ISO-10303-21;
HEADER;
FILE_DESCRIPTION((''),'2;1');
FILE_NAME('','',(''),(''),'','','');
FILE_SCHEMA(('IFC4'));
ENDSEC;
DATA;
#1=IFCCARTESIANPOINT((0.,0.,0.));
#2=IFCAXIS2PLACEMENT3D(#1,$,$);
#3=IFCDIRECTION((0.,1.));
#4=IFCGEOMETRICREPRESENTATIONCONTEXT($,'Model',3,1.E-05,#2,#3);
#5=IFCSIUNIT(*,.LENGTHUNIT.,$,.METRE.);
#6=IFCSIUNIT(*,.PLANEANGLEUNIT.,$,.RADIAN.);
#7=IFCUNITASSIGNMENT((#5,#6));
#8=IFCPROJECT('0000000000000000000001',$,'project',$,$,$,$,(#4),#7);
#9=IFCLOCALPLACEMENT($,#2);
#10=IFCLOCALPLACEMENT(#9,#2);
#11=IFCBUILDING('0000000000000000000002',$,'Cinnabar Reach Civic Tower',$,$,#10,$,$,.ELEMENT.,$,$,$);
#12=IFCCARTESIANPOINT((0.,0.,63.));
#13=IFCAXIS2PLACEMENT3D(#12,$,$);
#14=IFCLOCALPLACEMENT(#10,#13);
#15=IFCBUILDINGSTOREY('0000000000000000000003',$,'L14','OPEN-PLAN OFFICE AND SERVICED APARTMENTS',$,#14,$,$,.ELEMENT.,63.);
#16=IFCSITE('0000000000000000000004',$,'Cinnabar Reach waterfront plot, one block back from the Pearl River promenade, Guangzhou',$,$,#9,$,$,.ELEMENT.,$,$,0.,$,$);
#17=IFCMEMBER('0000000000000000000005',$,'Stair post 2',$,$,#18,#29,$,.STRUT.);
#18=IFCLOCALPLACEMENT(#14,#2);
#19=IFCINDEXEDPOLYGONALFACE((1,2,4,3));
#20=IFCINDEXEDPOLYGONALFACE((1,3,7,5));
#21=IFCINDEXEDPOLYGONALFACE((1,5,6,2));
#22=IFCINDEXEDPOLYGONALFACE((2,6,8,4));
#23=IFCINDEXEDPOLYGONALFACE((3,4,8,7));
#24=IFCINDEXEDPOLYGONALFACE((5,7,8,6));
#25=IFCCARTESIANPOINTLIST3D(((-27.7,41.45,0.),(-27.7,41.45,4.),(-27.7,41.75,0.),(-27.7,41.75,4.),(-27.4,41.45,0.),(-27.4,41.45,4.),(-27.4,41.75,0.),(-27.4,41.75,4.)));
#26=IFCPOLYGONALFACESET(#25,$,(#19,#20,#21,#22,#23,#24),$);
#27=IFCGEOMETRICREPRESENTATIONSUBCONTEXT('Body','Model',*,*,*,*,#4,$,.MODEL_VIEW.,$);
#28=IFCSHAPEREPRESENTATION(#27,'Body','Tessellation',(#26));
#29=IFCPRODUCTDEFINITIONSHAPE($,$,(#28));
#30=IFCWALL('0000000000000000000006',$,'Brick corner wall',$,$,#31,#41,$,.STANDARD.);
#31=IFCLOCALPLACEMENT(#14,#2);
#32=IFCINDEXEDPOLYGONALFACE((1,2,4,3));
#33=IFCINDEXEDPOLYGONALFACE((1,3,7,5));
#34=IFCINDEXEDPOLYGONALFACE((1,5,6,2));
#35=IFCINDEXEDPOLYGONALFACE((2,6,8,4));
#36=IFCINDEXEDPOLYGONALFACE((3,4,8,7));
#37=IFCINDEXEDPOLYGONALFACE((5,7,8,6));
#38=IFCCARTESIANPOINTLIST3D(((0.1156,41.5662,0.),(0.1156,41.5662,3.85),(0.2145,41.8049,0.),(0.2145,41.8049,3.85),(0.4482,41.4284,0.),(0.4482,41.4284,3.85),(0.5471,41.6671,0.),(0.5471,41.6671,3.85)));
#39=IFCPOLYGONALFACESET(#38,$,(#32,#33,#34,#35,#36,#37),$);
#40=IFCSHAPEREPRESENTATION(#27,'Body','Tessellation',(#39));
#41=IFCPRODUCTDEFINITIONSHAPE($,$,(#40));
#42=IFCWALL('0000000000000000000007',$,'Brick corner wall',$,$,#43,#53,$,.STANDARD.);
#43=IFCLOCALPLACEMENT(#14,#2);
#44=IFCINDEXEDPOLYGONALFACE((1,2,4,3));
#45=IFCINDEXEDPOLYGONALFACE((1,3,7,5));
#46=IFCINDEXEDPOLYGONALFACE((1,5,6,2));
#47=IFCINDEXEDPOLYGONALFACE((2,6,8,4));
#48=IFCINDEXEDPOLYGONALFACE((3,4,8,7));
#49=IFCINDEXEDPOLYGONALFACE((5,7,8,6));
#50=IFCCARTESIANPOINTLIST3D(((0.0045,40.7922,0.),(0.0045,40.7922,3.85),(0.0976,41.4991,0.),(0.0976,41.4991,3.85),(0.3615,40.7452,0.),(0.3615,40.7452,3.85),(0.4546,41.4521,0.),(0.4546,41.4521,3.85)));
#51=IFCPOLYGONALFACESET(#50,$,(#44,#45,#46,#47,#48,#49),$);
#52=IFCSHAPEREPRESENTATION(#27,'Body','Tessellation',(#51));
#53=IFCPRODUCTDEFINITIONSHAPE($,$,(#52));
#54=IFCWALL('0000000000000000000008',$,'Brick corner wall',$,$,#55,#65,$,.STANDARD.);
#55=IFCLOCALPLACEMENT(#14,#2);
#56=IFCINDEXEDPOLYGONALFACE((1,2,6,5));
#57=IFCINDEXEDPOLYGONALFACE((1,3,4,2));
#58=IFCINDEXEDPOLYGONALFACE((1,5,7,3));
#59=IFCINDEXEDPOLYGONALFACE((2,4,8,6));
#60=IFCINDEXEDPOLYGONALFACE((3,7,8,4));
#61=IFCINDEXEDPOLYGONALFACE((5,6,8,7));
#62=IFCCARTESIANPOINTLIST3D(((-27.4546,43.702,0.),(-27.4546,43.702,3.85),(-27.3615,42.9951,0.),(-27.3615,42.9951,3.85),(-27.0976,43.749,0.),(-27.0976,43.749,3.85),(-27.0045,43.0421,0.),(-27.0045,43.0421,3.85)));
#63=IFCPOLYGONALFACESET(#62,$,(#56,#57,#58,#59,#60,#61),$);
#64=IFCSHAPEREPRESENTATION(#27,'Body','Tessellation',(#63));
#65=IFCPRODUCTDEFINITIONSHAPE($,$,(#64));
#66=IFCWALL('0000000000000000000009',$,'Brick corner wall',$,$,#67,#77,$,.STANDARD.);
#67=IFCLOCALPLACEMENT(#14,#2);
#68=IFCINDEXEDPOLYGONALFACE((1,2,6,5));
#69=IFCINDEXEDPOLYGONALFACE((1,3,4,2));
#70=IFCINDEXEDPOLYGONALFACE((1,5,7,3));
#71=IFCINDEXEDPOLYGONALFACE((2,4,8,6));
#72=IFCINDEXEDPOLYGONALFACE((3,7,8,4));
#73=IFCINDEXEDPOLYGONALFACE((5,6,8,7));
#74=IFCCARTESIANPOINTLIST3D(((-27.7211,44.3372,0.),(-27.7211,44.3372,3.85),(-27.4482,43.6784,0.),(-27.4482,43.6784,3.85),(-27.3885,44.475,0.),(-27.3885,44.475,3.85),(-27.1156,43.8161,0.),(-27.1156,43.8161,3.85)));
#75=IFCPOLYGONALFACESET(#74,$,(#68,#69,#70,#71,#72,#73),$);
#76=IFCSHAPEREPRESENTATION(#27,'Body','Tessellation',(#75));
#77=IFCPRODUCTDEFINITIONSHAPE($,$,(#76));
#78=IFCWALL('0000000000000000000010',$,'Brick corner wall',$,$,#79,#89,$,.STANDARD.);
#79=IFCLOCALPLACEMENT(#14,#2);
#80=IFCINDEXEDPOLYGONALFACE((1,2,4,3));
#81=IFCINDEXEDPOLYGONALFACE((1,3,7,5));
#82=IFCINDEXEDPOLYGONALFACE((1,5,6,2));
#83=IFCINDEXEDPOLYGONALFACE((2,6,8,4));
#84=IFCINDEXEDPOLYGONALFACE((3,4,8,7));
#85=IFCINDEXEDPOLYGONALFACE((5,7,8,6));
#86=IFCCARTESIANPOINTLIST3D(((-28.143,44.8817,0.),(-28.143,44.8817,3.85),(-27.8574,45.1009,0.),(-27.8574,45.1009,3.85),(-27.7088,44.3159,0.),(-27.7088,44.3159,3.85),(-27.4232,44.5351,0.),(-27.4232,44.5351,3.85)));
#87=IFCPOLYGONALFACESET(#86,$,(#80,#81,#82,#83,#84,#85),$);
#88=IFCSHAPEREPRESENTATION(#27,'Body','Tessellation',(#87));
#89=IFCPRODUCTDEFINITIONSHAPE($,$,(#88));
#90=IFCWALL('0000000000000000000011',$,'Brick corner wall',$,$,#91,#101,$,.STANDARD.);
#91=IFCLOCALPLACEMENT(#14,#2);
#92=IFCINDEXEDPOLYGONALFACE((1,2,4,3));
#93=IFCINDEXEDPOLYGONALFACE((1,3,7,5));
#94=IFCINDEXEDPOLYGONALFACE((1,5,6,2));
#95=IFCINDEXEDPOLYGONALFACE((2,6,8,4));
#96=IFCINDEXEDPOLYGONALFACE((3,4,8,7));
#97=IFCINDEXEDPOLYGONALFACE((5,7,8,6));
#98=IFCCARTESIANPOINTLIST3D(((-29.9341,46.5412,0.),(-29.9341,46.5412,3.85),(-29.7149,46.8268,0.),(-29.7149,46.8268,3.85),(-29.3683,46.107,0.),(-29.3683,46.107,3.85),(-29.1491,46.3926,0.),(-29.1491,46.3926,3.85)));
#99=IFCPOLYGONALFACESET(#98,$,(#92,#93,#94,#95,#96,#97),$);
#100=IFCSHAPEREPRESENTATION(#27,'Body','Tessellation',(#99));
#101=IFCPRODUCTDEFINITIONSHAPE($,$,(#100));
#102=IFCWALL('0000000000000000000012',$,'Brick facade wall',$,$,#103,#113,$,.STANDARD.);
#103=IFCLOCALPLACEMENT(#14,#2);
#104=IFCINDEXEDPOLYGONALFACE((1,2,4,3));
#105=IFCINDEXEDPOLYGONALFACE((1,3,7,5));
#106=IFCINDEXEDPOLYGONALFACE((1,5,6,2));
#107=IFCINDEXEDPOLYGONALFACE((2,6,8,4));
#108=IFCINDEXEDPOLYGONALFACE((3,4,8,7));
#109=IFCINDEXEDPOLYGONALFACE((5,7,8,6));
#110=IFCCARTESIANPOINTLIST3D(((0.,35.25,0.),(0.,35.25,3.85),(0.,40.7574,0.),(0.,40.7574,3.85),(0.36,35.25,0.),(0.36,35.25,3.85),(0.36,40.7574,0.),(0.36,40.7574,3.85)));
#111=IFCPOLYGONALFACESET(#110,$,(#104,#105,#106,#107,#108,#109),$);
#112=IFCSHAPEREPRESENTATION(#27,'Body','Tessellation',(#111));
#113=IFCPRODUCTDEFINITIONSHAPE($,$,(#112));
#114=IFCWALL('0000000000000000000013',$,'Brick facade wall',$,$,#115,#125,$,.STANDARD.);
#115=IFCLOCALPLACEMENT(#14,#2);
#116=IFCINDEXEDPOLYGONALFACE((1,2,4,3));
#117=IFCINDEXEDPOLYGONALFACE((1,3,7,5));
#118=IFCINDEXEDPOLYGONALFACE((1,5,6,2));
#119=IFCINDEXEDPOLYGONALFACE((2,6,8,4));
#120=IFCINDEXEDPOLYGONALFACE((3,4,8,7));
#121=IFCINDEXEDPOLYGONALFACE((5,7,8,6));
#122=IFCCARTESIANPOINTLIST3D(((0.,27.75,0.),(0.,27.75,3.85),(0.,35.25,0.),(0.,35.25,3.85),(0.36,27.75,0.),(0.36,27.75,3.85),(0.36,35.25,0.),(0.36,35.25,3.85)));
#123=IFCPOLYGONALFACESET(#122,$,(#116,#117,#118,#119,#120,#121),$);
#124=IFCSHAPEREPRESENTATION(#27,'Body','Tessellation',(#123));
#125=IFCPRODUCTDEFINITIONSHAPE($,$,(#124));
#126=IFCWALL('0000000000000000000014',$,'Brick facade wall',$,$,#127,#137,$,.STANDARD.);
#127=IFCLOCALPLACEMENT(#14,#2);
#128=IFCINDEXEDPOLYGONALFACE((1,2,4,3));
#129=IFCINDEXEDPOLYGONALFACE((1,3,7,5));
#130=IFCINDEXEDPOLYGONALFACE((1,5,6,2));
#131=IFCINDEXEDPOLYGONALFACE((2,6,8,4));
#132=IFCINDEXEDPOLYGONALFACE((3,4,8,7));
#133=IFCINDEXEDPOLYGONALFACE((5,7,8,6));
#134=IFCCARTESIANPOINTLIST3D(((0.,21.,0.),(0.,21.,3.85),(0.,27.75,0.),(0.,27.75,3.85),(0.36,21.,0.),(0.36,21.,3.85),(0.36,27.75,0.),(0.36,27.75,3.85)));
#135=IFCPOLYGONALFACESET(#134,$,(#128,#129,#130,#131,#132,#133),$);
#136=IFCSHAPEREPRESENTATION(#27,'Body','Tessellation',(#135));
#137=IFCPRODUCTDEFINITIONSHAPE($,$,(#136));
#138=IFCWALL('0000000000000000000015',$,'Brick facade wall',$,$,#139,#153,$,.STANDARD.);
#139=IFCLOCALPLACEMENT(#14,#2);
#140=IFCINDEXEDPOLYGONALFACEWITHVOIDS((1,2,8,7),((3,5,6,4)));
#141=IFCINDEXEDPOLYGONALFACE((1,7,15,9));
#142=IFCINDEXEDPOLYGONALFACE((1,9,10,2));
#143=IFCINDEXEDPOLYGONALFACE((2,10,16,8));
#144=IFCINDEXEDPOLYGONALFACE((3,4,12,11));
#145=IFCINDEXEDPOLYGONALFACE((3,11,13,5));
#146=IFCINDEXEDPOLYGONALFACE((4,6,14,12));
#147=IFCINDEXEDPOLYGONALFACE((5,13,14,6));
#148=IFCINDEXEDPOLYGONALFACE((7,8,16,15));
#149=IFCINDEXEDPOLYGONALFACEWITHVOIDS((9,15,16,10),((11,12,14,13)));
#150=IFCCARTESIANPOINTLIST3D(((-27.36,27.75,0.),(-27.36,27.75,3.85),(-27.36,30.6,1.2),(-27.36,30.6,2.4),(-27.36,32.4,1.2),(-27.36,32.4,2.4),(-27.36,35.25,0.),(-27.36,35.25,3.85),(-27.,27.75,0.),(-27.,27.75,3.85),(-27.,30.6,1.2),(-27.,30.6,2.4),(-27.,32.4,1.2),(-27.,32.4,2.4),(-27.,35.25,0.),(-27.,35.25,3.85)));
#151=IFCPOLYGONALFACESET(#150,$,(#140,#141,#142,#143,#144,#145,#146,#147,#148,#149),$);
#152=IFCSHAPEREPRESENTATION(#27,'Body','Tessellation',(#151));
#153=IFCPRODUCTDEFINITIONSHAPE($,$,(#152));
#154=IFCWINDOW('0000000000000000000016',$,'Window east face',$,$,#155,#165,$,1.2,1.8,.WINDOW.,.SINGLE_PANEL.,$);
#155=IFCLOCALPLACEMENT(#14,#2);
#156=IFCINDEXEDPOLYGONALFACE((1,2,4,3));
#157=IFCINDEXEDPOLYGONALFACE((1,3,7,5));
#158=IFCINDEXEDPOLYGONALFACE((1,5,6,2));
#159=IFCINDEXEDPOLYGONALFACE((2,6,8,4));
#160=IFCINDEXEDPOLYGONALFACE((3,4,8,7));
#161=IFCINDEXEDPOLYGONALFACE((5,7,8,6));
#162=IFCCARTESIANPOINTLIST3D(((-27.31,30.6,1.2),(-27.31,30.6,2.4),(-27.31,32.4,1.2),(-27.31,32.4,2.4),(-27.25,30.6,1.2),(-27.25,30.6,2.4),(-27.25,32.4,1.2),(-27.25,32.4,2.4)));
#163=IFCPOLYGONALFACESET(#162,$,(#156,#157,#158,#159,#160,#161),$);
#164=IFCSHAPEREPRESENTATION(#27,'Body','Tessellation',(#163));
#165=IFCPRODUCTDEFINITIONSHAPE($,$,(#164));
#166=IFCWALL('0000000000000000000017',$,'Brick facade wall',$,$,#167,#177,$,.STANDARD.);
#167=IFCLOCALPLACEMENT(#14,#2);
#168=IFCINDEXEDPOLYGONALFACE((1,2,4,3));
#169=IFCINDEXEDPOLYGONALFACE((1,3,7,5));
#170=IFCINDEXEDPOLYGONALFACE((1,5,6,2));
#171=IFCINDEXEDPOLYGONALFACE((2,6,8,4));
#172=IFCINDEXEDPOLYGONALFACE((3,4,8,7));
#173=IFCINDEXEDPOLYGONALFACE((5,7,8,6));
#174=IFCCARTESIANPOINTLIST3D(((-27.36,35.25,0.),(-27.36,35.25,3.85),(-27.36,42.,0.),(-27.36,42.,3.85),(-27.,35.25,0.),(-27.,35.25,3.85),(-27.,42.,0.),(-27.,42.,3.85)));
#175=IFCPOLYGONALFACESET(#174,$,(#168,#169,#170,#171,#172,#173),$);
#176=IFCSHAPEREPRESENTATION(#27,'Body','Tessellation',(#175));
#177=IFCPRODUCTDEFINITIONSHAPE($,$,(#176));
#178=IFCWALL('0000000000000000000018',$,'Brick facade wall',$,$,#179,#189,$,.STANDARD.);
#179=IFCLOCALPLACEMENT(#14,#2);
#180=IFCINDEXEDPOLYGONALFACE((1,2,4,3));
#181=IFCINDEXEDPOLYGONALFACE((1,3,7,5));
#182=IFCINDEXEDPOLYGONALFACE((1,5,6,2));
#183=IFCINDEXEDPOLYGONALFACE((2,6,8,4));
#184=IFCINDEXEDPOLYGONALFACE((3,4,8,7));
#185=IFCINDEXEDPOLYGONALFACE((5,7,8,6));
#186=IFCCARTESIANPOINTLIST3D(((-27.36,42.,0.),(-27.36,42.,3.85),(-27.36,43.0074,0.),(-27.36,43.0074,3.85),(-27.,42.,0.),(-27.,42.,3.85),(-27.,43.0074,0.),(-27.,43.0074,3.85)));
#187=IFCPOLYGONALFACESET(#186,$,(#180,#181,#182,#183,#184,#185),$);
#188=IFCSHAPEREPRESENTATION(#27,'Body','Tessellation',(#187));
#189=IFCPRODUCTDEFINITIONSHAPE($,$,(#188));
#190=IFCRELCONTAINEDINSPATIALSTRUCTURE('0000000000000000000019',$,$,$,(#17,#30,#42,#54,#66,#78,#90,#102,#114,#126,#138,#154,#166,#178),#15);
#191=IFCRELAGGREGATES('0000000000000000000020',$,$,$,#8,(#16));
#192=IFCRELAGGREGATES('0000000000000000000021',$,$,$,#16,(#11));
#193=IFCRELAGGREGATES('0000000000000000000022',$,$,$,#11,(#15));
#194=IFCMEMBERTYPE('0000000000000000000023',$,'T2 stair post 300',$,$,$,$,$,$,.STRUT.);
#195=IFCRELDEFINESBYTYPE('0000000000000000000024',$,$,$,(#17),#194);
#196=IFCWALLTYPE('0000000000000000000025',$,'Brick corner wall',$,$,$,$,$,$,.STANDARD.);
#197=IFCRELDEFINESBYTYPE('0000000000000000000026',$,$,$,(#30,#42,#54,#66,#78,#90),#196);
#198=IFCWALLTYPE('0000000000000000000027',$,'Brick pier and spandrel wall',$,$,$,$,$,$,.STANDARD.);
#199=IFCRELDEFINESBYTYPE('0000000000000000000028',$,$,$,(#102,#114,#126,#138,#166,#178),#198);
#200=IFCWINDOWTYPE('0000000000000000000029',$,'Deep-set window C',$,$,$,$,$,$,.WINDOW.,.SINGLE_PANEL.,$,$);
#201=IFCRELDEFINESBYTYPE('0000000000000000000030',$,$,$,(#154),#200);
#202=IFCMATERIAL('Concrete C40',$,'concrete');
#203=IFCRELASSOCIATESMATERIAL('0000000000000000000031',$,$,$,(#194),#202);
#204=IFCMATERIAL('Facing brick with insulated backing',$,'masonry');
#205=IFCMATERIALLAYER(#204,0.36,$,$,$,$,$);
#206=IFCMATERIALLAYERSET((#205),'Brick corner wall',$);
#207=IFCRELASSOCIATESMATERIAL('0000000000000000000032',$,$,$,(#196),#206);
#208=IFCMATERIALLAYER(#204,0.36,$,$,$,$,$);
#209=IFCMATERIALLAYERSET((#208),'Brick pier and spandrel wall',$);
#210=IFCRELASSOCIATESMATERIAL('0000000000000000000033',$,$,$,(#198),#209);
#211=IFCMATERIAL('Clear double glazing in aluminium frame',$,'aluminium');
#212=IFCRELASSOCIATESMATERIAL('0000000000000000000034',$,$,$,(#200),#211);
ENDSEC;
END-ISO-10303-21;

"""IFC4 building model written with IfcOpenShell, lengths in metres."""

from ifc_helpers import new_model, si_unit, direction, frame, frame_2d, origin, origin_2d, place, context, subcontext, project, spatial, rectangle, extrude, material, layer, layer_set, material_profile, profile_set, type_object, element, fill, save


model = new_model("IFC4")

# Units and contexts
model_context = context("Model", 3, precision=1e-05, world=origin(), true_north=direction((0.0, 1.0)))
body_context = subcontext(model_context, "Body", "Model", "MODEL_VIEW")
ifc_project = project(units=[si_unit("LENGTHUNIT", "METRE"), si_unit("PLANEANGLEUNIT", "RADIAN")], contexts=[model_context])

# Site, building, storey
site_placement = place(None, origin())
site = spatial("IfcSite", under=ifc_project, at=site_placement, Name="Cinnabar Reach waterfront plot, one block back from the Pearl River promenade, Guangzhou", CompositionType="ELEMENT", RefElevation=0.0)
building_placement = place(site_placement, origin())
building = spatial("IfcBuilding", under=site, at=building_placement, Name="Cinnabar Reach Civic Tower", CompositionType="ELEMENT")
storey_placement = place(building_placement, frame((0.0, 0.0, 63.0)))
storey = spatial("IfcBuildingStorey", under=building, at=storey_placement, Name="L14", Description="OPEN-PLAN OFFICE AND SERVICED APARTMENTS", CompositionType="ELEMENT", Elevation=63.0)

# Member
ifc_material_1 = material(Name="Concrete C40", Category="concrete")
ifc_material_profile_1 = material_profile(ifc_material_1, rectangle(XDim=0.3, YDim=0.3, at=origin_2d()), Name="C300")
ifc_profile_set_1 = profile_set([ifc_material_profile_1], Name="Concrete C40")
member_type = type_object("IfcMemberType", Name="T2 stair post 300", PredefinedType="STRUT", material=ifc_profile_set_1)
member_placement = place(storey_placement, frame((-27.55, 41.6, 0.0), z_axis=(0.0, 0.0, 1.0), x_axis=(1.0, 0.0, 0.0)))
element("IfcMember", 1, at=member_placement, inside=storey, type_object=member_type, Name="Stair post 2", PredefinedType="STRUT", context=body_context, shape_type="SweptSolid", body=[
    extrude(rectangle(XDim=0.3, YDim=0.3, at=origin_2d()), origin(), (0.0, 0.0, 1.0), 4.0),
])

# Walls
ifc_material_2 = material(Name="Facing brick with insulated backing", Category="masonry")
ifc_layer_1 = layer(ifc_material_2, 0.36)
ifc_layer_set_1 = layer_set([ifc_layer_1], Name="Brick corner wall")
wall_type_1 = type_object("IfcWallType", Name="Brick corner wall", PredefinedType="STANDARD", material=ifc_layer_set_1)
wall_1_placement = place(storey_placement, frame((0.3808, 41.736, 0.0), z_axis=(0.0, 0.0, 1.0), x_axis=(-0.382773, -0.923842, 0.0)))
element("IfcWall", 2, at=wall_1_placement, inside=storey, type_object=wall_type_1, Name="Brick corner wall", PredefinedType="STANDARD", context=body_context, shape_type="SweptSolid", body=[
    extrude(rectangle(XDim=0.2584, YDim=0.36, at=frame_2d((0.1292, 0.0))), origin(), (0.0, 0.0, 1.0), 3.85),
])
for number, where, z_axis, x_axis, name in (
    (3, (0.2761, 41.4756, 0.0), (0.0, 0.0, 1.0), (-0.130556, -0.991441, 0.0), "Brick corner wall"),
    (4, (-27.183, 43.0186, 0.0), (0.0, 0.0, 1.0), (-0.130556, 0.991441, 0.0), "Brick corner wall"),
    (5, (-27.2819, 43.7473, 0.0), (0.0, 0.0, 1.0), (-0.382703, 0.923872, 0.0), "Brick corner wall"),
):
    element("IfcWall", number, at=place(storey_placement, frame(where, z_axis=z_axis, x_axis=x_axis)), inside=storey, type_object=wall_type_1, Name=name, PredefinedType="STANDARD", context=body_context, shape_type="SweptSolid", body=[
        extrude(rectangle(XDim=0.7131, YDim=0.36, at=frame_2d((0.3565, 0.0))), origin(), (0.0, 0.0, 1.0), 3.85),
    ])
for number, where, z_axis, x_axis, name in (
    (6, (-27.566, 44.4255, 0.0), (0.0, 0.0, 1.0), (-0.608802, 0.793322, 0.0), "Brick corner wall"),
    (7, (-29.2587, 46.2498, 0.0), (0.0, 0.0, 1.0), (-0.793322, 0.608802, 0.0), "Brick corner wall"),
):
    element("IfcWall", number, at=place(storey_placement, frame(where, z_axis=z_axis, x_axis=x_axis)), inside=storey, type_object=wall_type_1, Name=name, PredefinedType="STANDARD", context=body_context, shape_type="SweptSolid", body=[
        extrude(rectangle(XDim=0.7132, YDim=0.36, at=frame_2d((0.3566, 0.0))), origin(), (0.0, 0.0, 1.0), 3.85),
    ])
ifc_layer_2 = layer(ifc_material_2, 0.36)
ifc_layer_set_2 = layer_set([ifc_layer_2], Name="Brick pier and spandrel wall")
wall_type_2 = type_object("IfcWallType", Name="Brick pier and spandrel wall", PredefinedType="STANDARD", material=ifc_layer_set_2)
wall_2_placement = place(storey_placement, frame((0.18, 40.7574, 0.0), z_axis=(0.0, 0.0, 1.0), x_axis=(0.0, -1.0, 0.0)))
element("IfcWall", 8, at=wall_2_placement, inside=storey, type_object=wall_type_2, Name="Brick facade wall", PredefinedType="STANDARD", context=body_context, shape_type="SweptSolid", body=[
    extrude(rectangle(XDim=5.5074, YDim=0.36, at=frame_2d((2.7537, 0.0))), origin(), (0.0, 0.0, 1.0), 3.85),
])
wall_3_placement = place(storey_placement, frame((0.18, 35.25, 0.0), z_axis=(0.0, 0.0, 1.0), x_axis=(0.0, -1.0, 0.0)))
element("IfcWall", 9, at=wall_3_placement, inside=storey, type_object=wall_type_2, Name="Brick facade wall", PredefinedType="STANDARD", context=body_context, shape_type="SweptSolid", body=[
    extrude(rectangle(XDim=7.5, YDim=0.36, at=frame_2d((3.75, 0.0))), origin(), (0.0, 0.0, 1.0), 3.85),
])
wall_4_placement = place(storey_placement, frame((0.18, 27.75, 0.0), z_axis=(0.0, 0.0, 1.0), x_axis=(0.0, -1.0, 0.0)))
element("IfcWall", 10, at=wall_4_placement, inside=storey, type_object=wall_type_2, Name="Brick facade wall", PredefinedType="STANDARD", context=body_context, shape_type="SweptSolid", body=[
    extrude(rectangle(XDim=6.75, YDim=0.36, at=frame_2d((3.375, 0.0))), origin(), (0.0, 0.0, 1.0), 3.85),
])

# Wall, opening, window
wall_5_placement = place(storey_placement, frame((-27.18, 27.75, 0.0), z_axis=(0.0, 0.0, 1.0), x_axis=(0.0, 1.0, 0.0)))
wall_5 = element("IfcWall", 11, at=wall_5_placement, inside=storey, type_object=wall_type_2, Name="Brick facade wall", PredefinedType="STANDARD", context=body_context, shape_type="SweptSolid", body=[
    extrude(rectangle(XDim=7.5, YDim=0.36, at=frame_2d((3.75, 0.0))), origin(), (0.0, 0.0, 1.0), 3.85),
])
opening_1_placement = place(wall_5_placement, frame((2.85, 0.0, 1.2)))
opening_1 = element("IfcOpeningElement", 12, at=opening_1_placement, cuts=wall_5, PredefinedType="OPENING", context=body_context, shape_type="SweptSolid", body=[
    extrude(rectangle(XDim=1.8, YDim=1.2, at=frame_2d((0.9, 0.6))), frame((0.0, 0.19, 0.0), z_axis=(0.0, -1.0, 0.0), x_axis=(1.0, 0.0, 0.0)), (0.0, 0.0, 1.0), 0.38),
])
ifc_material_3 = material(Name="Clear double glazing in aluminium frame", Category="aluminium")
window_type = type_object("IfcWindowType", Name="Deep-set window C", PartitioningType="SINGLE_PANEL", PredefinedType="WINDOW", material=ifc_material_3)
window_placement = place(opening_1_placement, origin())
window = element("IfcWindow", 13, at=window_placement, inside=storey, type_object=window_type, Name="Window east face", OverallHeight=1.2, OverallWidth=1.8, PartitioningType="SINGLE_PANEL", PredefinedType="WINDOW", context=body_context, shape_type="SweptSolid", body=[
    extrude(rectangle(XDim=1.8, YDim=1.2, at=frame_2d((0.9, 0.6))), frame((0.0, 0.13, 0.0), z_axis=(0.0, -1.0, 0.0), x_axis=(1.0, 0.0, 0.0)), (0.0, 0.0, 1.0), 0.06),
])
fill(opening_1, window)

# Walls
wall_6_placement = place(storey_placement, frame((-27.18, 35.25, 0.0), z_axis=(0.0, 0.0, 1.0), x_axis=(0.0, 1.0, 0.0)))
element("IfcWall", 14, at=wall_6_placement, inside=storey, type_object=wall_type_2, Name="Brick facade wall", PredefinedType="STANDARD", context=body_context, shape_type="SweptSolid", body=[
    extrude(rectangle(XDim=6.75, YDim=0.36, at=frame_2d((3.375, 0.0))), origin(), (0.0, 0.0, 1.0), 3.85),
])
wall_7_placement = place(storey_placement, frame((-27.18, 42.0, 0.0), z_axis=(0.0, 0.0, 1.0), x_axis=(0.0, 1.0, 0.0)))
element("IfcWall", 15, at=wall_7_placement, inside=storey, type_object=wall_type_2, Name="Brick facade wall", PredefinedType="STANDARD", context=body_context, shape_type="SweptSolid", body=[
    extrude(rectangle(XDim=1.0074, YDim=0.36, at=frame_2d((0.5037, 0.0))), origin(), (0.0, 0.0, 1.0), 3.85),
])

save(model, "model.ifc")
